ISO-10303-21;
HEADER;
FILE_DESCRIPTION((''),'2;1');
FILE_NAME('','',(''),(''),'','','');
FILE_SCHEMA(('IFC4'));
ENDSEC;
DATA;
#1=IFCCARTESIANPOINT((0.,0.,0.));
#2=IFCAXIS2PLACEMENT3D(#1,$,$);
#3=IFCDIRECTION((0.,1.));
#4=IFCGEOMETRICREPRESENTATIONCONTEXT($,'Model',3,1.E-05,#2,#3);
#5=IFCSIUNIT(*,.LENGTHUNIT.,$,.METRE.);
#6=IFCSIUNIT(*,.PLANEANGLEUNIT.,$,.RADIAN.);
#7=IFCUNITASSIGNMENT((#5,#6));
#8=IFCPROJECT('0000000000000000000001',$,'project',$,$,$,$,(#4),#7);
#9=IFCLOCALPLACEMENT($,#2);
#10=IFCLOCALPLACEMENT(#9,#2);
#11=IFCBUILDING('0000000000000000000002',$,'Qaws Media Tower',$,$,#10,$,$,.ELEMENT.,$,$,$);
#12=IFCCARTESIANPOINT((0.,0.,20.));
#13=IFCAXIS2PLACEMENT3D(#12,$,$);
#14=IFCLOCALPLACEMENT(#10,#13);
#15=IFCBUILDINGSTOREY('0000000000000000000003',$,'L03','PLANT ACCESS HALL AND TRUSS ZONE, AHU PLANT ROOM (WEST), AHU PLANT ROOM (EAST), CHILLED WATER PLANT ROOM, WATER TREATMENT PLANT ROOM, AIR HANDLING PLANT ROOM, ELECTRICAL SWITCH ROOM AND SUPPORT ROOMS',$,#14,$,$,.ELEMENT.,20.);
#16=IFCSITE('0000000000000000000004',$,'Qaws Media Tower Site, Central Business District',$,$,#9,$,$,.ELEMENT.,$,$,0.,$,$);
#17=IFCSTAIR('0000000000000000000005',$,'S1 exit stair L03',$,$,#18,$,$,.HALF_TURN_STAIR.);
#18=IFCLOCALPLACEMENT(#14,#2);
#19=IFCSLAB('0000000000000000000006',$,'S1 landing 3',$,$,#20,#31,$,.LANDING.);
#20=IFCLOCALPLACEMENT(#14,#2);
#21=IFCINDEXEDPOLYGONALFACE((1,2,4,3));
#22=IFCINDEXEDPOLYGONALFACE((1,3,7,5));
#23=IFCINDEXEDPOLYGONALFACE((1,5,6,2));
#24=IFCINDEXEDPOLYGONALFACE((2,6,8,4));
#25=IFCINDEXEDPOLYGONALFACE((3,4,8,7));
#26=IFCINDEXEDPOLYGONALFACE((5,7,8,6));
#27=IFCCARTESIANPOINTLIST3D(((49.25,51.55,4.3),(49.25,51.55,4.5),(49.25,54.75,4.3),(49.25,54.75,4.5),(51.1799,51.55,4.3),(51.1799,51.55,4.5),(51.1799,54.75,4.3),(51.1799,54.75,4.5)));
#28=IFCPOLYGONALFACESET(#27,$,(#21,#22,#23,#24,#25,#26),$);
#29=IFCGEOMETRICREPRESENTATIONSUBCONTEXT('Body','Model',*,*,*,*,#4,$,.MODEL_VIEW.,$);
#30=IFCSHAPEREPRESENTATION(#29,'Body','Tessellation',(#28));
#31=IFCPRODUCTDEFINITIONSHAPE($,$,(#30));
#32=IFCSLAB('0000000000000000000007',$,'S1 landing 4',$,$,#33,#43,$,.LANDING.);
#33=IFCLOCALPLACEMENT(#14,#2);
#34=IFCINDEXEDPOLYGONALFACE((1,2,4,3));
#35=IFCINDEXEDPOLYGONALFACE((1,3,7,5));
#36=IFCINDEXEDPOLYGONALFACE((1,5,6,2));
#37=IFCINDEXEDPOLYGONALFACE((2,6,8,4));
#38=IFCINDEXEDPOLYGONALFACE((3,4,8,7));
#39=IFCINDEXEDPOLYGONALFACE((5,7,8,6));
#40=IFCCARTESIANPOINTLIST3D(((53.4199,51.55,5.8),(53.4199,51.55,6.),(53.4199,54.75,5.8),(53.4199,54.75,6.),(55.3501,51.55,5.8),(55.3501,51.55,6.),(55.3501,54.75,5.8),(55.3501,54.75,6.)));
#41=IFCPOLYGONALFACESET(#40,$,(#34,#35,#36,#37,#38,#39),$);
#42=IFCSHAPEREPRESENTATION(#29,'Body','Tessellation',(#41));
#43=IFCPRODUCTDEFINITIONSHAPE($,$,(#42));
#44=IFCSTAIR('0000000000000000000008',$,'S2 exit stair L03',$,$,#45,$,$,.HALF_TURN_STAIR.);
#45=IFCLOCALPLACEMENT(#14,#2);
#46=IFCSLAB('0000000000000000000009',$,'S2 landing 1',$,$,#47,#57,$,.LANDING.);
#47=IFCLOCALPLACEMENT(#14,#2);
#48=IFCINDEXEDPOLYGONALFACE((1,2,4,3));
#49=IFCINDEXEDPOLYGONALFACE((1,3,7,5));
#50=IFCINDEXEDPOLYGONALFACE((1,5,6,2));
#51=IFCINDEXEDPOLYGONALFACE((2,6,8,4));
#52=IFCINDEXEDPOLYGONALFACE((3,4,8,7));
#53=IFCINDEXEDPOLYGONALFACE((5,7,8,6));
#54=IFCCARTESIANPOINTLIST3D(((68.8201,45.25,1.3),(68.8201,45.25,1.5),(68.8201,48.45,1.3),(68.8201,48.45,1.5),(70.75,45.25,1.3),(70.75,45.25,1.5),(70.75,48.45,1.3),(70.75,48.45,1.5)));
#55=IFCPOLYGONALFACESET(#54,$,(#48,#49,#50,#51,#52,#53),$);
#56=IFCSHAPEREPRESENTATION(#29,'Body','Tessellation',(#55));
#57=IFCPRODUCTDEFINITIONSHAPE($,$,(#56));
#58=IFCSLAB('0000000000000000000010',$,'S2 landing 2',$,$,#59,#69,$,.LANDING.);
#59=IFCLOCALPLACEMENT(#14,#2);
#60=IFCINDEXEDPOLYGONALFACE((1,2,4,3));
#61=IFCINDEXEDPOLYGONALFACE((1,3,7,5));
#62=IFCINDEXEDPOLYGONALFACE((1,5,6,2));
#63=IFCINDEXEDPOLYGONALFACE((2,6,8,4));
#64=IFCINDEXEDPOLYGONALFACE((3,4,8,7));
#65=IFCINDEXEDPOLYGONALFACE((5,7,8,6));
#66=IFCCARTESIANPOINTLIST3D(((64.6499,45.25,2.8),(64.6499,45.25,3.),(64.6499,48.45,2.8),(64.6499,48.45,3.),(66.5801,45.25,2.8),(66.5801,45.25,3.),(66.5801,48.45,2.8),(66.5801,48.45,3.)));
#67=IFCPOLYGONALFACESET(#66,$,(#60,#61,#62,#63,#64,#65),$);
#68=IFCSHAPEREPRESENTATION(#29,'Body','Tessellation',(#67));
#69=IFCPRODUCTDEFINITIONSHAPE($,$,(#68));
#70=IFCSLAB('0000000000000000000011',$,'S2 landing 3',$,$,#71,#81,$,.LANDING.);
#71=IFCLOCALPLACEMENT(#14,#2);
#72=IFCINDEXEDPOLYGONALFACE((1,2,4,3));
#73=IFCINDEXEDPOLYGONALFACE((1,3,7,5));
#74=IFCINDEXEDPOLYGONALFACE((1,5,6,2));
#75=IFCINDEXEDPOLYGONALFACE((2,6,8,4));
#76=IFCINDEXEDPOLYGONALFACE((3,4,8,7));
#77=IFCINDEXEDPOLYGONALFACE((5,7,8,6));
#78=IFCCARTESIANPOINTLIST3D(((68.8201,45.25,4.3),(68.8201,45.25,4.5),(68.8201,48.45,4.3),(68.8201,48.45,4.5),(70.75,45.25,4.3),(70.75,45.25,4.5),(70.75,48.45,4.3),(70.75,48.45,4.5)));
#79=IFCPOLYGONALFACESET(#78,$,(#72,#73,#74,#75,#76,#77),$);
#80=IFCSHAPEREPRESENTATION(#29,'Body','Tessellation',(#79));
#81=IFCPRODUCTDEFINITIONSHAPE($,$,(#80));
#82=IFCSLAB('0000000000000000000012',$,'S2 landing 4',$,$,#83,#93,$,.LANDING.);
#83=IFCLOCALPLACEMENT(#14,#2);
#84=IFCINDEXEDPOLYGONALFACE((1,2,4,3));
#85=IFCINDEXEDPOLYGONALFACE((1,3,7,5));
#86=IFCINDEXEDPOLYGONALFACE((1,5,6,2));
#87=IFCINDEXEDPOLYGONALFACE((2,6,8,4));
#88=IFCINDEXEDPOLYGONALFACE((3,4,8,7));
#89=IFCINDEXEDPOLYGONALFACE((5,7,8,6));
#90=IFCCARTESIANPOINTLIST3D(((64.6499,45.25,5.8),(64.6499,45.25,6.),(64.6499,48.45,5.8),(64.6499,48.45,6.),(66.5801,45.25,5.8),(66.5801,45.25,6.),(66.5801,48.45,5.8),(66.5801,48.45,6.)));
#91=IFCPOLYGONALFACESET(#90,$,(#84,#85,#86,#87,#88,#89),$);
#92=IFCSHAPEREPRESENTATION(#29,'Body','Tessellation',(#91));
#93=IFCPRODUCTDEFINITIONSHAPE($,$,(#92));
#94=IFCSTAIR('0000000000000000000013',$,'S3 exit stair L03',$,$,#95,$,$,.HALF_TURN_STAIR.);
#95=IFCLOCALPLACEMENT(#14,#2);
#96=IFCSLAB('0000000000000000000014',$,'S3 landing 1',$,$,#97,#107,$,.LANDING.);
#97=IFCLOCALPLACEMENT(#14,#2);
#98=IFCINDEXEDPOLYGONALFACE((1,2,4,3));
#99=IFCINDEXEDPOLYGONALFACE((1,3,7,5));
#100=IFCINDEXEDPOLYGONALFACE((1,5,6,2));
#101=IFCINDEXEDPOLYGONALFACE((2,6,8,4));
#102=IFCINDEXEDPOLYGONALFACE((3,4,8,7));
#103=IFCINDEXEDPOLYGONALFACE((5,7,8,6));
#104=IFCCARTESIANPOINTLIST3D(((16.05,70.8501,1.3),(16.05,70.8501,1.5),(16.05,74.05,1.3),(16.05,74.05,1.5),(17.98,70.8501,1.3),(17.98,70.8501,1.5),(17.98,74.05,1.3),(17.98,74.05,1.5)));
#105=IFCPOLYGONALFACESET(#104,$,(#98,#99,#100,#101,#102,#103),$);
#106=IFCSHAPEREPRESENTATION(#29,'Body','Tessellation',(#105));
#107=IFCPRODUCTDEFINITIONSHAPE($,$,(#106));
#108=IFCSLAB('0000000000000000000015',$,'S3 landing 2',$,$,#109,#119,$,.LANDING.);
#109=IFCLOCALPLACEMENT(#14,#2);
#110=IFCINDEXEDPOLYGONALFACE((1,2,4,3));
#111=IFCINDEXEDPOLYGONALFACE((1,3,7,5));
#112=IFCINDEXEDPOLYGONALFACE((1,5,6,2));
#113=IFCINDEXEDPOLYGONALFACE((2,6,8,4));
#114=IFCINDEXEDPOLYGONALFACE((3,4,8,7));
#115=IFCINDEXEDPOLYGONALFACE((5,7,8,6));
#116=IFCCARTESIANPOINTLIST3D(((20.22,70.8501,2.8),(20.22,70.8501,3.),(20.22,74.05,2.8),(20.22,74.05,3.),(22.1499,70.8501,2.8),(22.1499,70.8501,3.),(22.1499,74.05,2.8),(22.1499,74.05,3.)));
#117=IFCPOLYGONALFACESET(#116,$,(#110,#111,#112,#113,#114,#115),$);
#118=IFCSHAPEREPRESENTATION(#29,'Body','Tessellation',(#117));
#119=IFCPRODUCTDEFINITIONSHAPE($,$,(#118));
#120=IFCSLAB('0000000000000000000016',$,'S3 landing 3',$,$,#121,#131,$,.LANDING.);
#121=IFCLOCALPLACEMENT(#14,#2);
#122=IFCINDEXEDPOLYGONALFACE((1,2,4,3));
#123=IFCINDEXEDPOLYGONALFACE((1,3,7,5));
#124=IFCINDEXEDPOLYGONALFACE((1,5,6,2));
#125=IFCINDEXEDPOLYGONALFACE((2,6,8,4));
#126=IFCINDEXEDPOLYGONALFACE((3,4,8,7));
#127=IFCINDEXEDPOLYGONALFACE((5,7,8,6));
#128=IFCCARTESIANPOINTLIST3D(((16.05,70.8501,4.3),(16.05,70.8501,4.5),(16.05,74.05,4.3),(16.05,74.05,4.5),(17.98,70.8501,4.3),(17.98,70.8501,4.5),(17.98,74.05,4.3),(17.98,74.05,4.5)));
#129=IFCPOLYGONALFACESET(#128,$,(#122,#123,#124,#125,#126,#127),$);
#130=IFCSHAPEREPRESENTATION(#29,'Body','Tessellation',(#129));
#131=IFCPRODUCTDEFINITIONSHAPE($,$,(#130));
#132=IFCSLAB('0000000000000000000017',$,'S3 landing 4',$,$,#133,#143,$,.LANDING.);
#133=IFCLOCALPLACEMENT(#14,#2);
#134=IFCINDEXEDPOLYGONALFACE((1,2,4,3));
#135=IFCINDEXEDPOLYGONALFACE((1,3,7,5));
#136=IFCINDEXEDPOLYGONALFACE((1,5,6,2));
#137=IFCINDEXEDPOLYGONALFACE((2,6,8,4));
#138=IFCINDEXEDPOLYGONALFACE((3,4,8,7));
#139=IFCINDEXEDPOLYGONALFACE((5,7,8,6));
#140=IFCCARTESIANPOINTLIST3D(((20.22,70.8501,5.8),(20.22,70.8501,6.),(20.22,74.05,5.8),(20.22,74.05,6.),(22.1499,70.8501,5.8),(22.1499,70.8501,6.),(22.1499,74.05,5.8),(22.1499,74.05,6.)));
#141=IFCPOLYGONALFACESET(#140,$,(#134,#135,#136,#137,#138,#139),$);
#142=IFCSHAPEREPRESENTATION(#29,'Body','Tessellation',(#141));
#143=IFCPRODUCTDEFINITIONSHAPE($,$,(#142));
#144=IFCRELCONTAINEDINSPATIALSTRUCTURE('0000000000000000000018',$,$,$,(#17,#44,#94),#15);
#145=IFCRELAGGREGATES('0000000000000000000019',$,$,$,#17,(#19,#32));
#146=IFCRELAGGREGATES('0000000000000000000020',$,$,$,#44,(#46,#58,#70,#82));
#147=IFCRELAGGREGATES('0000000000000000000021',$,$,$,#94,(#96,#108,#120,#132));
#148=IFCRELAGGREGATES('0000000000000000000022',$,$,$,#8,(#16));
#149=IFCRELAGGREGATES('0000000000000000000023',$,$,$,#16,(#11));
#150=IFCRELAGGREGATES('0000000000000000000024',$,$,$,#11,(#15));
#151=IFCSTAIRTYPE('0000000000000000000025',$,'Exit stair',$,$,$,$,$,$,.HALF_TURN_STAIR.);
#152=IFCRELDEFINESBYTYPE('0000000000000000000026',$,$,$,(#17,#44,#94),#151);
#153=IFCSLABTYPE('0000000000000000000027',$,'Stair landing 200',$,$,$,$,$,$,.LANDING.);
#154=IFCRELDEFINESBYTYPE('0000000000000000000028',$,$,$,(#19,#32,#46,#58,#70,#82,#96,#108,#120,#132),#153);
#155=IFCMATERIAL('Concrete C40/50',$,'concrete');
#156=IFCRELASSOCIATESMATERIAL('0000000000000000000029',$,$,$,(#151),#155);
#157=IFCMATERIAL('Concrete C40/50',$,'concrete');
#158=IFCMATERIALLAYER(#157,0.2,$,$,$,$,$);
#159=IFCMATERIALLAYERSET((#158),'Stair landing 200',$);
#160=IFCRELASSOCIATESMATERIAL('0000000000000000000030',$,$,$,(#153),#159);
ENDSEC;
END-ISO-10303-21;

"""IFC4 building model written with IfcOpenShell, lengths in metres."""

from ifc_helpers import new_model, si_unit, direction, frame, origin, place, context, subcontext, project, spatial, polyline, outline, extrude, material, layer, layer_set, type_object, element, aggregate, save


model = new_model("IFC4")

# Units and contexts
model_context = context("Model", 3, precision=1e-05, world=origin(), true_north=direction((0.0, 1.0)))
body_context = subcontext(model_context, "Body", "Model", "MODEL_VIEW")
ifc_project = project(units=[si_unit("LENGTHUNIT", "METRE"), si_unit("PLANEANGLEUNIT", "RADIAN")], contexts=[model_context])

# Site, building, storey
site_placement = place(None, origin())
site = spatial("IfcSite", under=ifc_project, at=site_placement, Name="Qaws Media Tower Site, Central Business District", CompositionType="ELEMENT", RefElevation=0.0)
building_placement = place(site_placement, origin())
building = spatial("IfcBuilding", under=site, at=building_placement, Name="Qaws Media Tower", CompositionType="ELEMENT")
storey_placement = place(building_placement, frame((0.0, 0.0, 20.0)))
storey = spatial("IfcBuildingStorey", under=building, at=storey_placement, Name="L03", Description="PLANT ACCESS HALL AND TRUSS ZONE, AHU PLANT ROOM (WEST), AHU PLANT ROOM (EAST), CHILLED WATER PLANT ROOM, WATER TREATMENT PLANT ROOM, AIR HANDLING PLANT ROOM, ELECTRICAL SWITCH ROOM AND SUPPORT ROOMS", CompositionType="ELEMENT", Elevation=20.0)

# Stairs, slabs
ifc_material_1 = material(Name="Concrete C40/50", Category="concrete")
stair_type = type_object("IfcStairType", Name="Exit stair", PredefinedType="HALF_TURN_STAIR", material=ifc_material_1)
stair_1_placement = place(storey_placement, origin())
stair_1 = element("IfcStair", 1, at=stair_1_placement, inside=storey, type_object=stair_type, Name="S1 exit stair L03", PredefinedType="HALF_TURN_STAIR")
ifc_material_2 = material(Name="Concrete C40/50", Category="concrete")
ifc_layer_1 = layer(ifc_material_2, 0.2)
ifc_layer_set_1 = layer_set([ifc_layer_1], Name="Stair landing 200")
slab_type_1 = type_object("IfcSlabType", Name="Stair landing 200", PredefinedType="LANDING", material=ifc_layer_set_1)
slab_1_placement = place(storey_placement, frame((0.0, 0.0, 4.3)))
slab_1 = element("IfcSlab", 2, at=slab_1_placement, type_object=slab_type_1, Name="S1 landing 3", PredefinedType="LANDING", context=body_context, shape_type="SweptSolid", body=[
    extrude(outline(polyline([(49.25, 51.55), (51.1799, 51.55), (51.1799, 54.75), (49.25, 54.75), (49.25, 51.55)])), origin(), (0.0, 0.0, 1.0), 0.2),
])
slab_2_placement = place(storey_placement, frame((0.0, 0.0, 5.8)))
slab_2 = element("IfcSlab", 3, at=slab_2_placement, type_object=slab_type_1, Name="S1 landing 4", PredefinedType="LANDING", context=body_context, shape_type="SweptSolid", body=[
    extrude(outline(polyline([(53.4199, 51.55), (55.3501, 51.55), (55.3501, 54.75), (53.4199, 54.75), (53.4199, 51.55)])), origin(), (0.0, 0.0, 1.0), 0.2),
])
aggregate(stair_1, [slab_1, slab_2])
stair_2_placement = place(storey_placement, origin())
stair_2 = element("IfcStair", 4, at=stair_2_placement, inside=storey, type_object=stair_type, Name="S2 exit stair L03", PredefinedType="HALF_TURN_STAIR")
slab_3_placement = place(storey_placement, frame((0.0, 0.0, 1.3)))
slab_3 = element("IfcSlab", 5, at=slab_3_placement, type_object=slab_type_1, Name="S2 landing 1", PredefinedType="LANDING", context=body_context, shape_type="SweptSolid", body=[
    extrude(outline(polyline([(68.8201, 45.25), (70.75, 45.25), (70.75, 48.45), (68.8201, 48.45), (68.8201, 45.25)])), origin(), (0.0, 0.0, 1.0), 0.2),
])
slab_4_placement = place(storey_placement, frame((0.0, 0.0, 2.8)))
slab_4 = element("IfcSlab", 6, at=slab_4_placement, type_object=slab_type_1, Name="S2 landing 2", PredefinedType="LANDING", context=body_context, shape_type="SweptSolid", body=[
    extrude(outline(polyline([(64.6499, 45.25), (66.5801, 45.25), (66.5801, 48.45), (64.6499, 48.45), (64.6499, 45.25)])), origin(), (0.0, 0.0, 1.0), 0.2),
])
slab_5_placement = place(storey_placement, frame((0.0, 0.0, 4.3)))
slab_5 = element("IfcSlab", 7, at=slab_5_placement, type_object=slab_type_1, Name="S2 landing 3", PredefinedType="LANDING", context=body_context, shape_type="SweptSolid", body=[
    extrude(outline(polyline([(68.8201, 45.25), (70.75, 45.25), (70.75, 48.45), (68.8201, 48.45), (68.8201, 45.25)])), origin(), (0.0, 0.0, 1.0), 0.2),
])
slab_6_placement = place(storey_placement, frame((0.0, 0.0, 5.8)))
slab_6 = element("IfcSlab", 8, at=slab_6_placement, type_object=slab_type_1, Name="S2 landing 4", PredefinedType="LANDING", context=body_context, shape_type="SweptSolid", body=[
    extrude(outline(polyline([(64.6499, 45.25), (66.5801, 45.25), (66.5801, 48.45), (64.6499, 48.45), (64.6499, 45.25)])), origin(), (0.0, 0.0, 1.0), 0.2),
])
aggregate(stair_2, [slab_3, slab_4, slab_5, slab_6])
stair_3_placement = place(storey_placement, origin())
stair_3 = element("IfcStair", 9, at=stair_3_placement, inside=storey, type_object=stair_type, Name="S3 exit stair L03", PredefinedType="HALF_TURN_STAIR")
slab_7_placement = place(storey_placement, frame((0.0, 0.0, 1.3)))
slab_7 = element("IfcSlab", 10, at=slab_7_placement, type_object=slab_type_1, Name="S3 landing 1", PredefinedType="LANDING", context=body_context, shape_type="SweptSolid", body=[
    extrude(outline(polyline([(16.05, 70.8501), (17.98, 70.8501), (17.98, 74.05), (16.05, 74.05), (16.05, 70.8501)])), origin(), (0.0, 0.0, 1.0), 0.2),
])
slab_8_placement = place(storey_placement, frame((0.0, 0.0, 2.8)))
slab_8 = element("IfcSlab", 11, at=slab_8_placement, type_object=slab_type_1, Name="S3 landing 2", PredefinedType="LANDING", context=body_context, shape_type="SweptSolid", body=[
    extrude(outline(polyline([(20.22, 70.8501), (22.1499, 70.8501), (22.1499, 74.05), (20.22, 74.05), (20.22, 70.8501)])), origin(), (0.0, 0.0, 1.0), 0.2),
])
slab_9_placement = place(storey_placement, frame((0.0, 0.0, 4.3)))
slab_9 = element("IfcSlab", 12, at=slab_9_placement, type_object=slab_type_1, Name="S3 landing 3", PredefinedType="LANDING", context=body_context, shape_type="SweptSolid", body=[
    extrude(outline(polyline([(16.05, 70.8501), (17.98, 70.8501), (17.98, 74.05), (16.05, 74.05), (16.05, 70.8501)])), origin(), (0.0, 0.0, 1.0), 0.2),
])
slab_10_placement = place(storey_placement, frame((0.0, 0.0, 5.8)))
slab_10 = element("IfcSlab", 13, at=slab_10_placement, type_object=slab_type_1, Name="S3 landing 4", PredefinedType="LANDING", context=body_context, shape_type="SweptSolid", body=[
    extrude(outline(polyline([(20.22, 70.8501), (22.1499, 70.8501), (22.1499, 74.05), (20.22, 74.05), (20.22, 70.8501)])), origin(), (0.0, 0.0, 1.0), 0.2),
])
aggregate(stair_3, [slab_7, slab_8, slab_9, slab_10])

save(model, "model.ifc")
